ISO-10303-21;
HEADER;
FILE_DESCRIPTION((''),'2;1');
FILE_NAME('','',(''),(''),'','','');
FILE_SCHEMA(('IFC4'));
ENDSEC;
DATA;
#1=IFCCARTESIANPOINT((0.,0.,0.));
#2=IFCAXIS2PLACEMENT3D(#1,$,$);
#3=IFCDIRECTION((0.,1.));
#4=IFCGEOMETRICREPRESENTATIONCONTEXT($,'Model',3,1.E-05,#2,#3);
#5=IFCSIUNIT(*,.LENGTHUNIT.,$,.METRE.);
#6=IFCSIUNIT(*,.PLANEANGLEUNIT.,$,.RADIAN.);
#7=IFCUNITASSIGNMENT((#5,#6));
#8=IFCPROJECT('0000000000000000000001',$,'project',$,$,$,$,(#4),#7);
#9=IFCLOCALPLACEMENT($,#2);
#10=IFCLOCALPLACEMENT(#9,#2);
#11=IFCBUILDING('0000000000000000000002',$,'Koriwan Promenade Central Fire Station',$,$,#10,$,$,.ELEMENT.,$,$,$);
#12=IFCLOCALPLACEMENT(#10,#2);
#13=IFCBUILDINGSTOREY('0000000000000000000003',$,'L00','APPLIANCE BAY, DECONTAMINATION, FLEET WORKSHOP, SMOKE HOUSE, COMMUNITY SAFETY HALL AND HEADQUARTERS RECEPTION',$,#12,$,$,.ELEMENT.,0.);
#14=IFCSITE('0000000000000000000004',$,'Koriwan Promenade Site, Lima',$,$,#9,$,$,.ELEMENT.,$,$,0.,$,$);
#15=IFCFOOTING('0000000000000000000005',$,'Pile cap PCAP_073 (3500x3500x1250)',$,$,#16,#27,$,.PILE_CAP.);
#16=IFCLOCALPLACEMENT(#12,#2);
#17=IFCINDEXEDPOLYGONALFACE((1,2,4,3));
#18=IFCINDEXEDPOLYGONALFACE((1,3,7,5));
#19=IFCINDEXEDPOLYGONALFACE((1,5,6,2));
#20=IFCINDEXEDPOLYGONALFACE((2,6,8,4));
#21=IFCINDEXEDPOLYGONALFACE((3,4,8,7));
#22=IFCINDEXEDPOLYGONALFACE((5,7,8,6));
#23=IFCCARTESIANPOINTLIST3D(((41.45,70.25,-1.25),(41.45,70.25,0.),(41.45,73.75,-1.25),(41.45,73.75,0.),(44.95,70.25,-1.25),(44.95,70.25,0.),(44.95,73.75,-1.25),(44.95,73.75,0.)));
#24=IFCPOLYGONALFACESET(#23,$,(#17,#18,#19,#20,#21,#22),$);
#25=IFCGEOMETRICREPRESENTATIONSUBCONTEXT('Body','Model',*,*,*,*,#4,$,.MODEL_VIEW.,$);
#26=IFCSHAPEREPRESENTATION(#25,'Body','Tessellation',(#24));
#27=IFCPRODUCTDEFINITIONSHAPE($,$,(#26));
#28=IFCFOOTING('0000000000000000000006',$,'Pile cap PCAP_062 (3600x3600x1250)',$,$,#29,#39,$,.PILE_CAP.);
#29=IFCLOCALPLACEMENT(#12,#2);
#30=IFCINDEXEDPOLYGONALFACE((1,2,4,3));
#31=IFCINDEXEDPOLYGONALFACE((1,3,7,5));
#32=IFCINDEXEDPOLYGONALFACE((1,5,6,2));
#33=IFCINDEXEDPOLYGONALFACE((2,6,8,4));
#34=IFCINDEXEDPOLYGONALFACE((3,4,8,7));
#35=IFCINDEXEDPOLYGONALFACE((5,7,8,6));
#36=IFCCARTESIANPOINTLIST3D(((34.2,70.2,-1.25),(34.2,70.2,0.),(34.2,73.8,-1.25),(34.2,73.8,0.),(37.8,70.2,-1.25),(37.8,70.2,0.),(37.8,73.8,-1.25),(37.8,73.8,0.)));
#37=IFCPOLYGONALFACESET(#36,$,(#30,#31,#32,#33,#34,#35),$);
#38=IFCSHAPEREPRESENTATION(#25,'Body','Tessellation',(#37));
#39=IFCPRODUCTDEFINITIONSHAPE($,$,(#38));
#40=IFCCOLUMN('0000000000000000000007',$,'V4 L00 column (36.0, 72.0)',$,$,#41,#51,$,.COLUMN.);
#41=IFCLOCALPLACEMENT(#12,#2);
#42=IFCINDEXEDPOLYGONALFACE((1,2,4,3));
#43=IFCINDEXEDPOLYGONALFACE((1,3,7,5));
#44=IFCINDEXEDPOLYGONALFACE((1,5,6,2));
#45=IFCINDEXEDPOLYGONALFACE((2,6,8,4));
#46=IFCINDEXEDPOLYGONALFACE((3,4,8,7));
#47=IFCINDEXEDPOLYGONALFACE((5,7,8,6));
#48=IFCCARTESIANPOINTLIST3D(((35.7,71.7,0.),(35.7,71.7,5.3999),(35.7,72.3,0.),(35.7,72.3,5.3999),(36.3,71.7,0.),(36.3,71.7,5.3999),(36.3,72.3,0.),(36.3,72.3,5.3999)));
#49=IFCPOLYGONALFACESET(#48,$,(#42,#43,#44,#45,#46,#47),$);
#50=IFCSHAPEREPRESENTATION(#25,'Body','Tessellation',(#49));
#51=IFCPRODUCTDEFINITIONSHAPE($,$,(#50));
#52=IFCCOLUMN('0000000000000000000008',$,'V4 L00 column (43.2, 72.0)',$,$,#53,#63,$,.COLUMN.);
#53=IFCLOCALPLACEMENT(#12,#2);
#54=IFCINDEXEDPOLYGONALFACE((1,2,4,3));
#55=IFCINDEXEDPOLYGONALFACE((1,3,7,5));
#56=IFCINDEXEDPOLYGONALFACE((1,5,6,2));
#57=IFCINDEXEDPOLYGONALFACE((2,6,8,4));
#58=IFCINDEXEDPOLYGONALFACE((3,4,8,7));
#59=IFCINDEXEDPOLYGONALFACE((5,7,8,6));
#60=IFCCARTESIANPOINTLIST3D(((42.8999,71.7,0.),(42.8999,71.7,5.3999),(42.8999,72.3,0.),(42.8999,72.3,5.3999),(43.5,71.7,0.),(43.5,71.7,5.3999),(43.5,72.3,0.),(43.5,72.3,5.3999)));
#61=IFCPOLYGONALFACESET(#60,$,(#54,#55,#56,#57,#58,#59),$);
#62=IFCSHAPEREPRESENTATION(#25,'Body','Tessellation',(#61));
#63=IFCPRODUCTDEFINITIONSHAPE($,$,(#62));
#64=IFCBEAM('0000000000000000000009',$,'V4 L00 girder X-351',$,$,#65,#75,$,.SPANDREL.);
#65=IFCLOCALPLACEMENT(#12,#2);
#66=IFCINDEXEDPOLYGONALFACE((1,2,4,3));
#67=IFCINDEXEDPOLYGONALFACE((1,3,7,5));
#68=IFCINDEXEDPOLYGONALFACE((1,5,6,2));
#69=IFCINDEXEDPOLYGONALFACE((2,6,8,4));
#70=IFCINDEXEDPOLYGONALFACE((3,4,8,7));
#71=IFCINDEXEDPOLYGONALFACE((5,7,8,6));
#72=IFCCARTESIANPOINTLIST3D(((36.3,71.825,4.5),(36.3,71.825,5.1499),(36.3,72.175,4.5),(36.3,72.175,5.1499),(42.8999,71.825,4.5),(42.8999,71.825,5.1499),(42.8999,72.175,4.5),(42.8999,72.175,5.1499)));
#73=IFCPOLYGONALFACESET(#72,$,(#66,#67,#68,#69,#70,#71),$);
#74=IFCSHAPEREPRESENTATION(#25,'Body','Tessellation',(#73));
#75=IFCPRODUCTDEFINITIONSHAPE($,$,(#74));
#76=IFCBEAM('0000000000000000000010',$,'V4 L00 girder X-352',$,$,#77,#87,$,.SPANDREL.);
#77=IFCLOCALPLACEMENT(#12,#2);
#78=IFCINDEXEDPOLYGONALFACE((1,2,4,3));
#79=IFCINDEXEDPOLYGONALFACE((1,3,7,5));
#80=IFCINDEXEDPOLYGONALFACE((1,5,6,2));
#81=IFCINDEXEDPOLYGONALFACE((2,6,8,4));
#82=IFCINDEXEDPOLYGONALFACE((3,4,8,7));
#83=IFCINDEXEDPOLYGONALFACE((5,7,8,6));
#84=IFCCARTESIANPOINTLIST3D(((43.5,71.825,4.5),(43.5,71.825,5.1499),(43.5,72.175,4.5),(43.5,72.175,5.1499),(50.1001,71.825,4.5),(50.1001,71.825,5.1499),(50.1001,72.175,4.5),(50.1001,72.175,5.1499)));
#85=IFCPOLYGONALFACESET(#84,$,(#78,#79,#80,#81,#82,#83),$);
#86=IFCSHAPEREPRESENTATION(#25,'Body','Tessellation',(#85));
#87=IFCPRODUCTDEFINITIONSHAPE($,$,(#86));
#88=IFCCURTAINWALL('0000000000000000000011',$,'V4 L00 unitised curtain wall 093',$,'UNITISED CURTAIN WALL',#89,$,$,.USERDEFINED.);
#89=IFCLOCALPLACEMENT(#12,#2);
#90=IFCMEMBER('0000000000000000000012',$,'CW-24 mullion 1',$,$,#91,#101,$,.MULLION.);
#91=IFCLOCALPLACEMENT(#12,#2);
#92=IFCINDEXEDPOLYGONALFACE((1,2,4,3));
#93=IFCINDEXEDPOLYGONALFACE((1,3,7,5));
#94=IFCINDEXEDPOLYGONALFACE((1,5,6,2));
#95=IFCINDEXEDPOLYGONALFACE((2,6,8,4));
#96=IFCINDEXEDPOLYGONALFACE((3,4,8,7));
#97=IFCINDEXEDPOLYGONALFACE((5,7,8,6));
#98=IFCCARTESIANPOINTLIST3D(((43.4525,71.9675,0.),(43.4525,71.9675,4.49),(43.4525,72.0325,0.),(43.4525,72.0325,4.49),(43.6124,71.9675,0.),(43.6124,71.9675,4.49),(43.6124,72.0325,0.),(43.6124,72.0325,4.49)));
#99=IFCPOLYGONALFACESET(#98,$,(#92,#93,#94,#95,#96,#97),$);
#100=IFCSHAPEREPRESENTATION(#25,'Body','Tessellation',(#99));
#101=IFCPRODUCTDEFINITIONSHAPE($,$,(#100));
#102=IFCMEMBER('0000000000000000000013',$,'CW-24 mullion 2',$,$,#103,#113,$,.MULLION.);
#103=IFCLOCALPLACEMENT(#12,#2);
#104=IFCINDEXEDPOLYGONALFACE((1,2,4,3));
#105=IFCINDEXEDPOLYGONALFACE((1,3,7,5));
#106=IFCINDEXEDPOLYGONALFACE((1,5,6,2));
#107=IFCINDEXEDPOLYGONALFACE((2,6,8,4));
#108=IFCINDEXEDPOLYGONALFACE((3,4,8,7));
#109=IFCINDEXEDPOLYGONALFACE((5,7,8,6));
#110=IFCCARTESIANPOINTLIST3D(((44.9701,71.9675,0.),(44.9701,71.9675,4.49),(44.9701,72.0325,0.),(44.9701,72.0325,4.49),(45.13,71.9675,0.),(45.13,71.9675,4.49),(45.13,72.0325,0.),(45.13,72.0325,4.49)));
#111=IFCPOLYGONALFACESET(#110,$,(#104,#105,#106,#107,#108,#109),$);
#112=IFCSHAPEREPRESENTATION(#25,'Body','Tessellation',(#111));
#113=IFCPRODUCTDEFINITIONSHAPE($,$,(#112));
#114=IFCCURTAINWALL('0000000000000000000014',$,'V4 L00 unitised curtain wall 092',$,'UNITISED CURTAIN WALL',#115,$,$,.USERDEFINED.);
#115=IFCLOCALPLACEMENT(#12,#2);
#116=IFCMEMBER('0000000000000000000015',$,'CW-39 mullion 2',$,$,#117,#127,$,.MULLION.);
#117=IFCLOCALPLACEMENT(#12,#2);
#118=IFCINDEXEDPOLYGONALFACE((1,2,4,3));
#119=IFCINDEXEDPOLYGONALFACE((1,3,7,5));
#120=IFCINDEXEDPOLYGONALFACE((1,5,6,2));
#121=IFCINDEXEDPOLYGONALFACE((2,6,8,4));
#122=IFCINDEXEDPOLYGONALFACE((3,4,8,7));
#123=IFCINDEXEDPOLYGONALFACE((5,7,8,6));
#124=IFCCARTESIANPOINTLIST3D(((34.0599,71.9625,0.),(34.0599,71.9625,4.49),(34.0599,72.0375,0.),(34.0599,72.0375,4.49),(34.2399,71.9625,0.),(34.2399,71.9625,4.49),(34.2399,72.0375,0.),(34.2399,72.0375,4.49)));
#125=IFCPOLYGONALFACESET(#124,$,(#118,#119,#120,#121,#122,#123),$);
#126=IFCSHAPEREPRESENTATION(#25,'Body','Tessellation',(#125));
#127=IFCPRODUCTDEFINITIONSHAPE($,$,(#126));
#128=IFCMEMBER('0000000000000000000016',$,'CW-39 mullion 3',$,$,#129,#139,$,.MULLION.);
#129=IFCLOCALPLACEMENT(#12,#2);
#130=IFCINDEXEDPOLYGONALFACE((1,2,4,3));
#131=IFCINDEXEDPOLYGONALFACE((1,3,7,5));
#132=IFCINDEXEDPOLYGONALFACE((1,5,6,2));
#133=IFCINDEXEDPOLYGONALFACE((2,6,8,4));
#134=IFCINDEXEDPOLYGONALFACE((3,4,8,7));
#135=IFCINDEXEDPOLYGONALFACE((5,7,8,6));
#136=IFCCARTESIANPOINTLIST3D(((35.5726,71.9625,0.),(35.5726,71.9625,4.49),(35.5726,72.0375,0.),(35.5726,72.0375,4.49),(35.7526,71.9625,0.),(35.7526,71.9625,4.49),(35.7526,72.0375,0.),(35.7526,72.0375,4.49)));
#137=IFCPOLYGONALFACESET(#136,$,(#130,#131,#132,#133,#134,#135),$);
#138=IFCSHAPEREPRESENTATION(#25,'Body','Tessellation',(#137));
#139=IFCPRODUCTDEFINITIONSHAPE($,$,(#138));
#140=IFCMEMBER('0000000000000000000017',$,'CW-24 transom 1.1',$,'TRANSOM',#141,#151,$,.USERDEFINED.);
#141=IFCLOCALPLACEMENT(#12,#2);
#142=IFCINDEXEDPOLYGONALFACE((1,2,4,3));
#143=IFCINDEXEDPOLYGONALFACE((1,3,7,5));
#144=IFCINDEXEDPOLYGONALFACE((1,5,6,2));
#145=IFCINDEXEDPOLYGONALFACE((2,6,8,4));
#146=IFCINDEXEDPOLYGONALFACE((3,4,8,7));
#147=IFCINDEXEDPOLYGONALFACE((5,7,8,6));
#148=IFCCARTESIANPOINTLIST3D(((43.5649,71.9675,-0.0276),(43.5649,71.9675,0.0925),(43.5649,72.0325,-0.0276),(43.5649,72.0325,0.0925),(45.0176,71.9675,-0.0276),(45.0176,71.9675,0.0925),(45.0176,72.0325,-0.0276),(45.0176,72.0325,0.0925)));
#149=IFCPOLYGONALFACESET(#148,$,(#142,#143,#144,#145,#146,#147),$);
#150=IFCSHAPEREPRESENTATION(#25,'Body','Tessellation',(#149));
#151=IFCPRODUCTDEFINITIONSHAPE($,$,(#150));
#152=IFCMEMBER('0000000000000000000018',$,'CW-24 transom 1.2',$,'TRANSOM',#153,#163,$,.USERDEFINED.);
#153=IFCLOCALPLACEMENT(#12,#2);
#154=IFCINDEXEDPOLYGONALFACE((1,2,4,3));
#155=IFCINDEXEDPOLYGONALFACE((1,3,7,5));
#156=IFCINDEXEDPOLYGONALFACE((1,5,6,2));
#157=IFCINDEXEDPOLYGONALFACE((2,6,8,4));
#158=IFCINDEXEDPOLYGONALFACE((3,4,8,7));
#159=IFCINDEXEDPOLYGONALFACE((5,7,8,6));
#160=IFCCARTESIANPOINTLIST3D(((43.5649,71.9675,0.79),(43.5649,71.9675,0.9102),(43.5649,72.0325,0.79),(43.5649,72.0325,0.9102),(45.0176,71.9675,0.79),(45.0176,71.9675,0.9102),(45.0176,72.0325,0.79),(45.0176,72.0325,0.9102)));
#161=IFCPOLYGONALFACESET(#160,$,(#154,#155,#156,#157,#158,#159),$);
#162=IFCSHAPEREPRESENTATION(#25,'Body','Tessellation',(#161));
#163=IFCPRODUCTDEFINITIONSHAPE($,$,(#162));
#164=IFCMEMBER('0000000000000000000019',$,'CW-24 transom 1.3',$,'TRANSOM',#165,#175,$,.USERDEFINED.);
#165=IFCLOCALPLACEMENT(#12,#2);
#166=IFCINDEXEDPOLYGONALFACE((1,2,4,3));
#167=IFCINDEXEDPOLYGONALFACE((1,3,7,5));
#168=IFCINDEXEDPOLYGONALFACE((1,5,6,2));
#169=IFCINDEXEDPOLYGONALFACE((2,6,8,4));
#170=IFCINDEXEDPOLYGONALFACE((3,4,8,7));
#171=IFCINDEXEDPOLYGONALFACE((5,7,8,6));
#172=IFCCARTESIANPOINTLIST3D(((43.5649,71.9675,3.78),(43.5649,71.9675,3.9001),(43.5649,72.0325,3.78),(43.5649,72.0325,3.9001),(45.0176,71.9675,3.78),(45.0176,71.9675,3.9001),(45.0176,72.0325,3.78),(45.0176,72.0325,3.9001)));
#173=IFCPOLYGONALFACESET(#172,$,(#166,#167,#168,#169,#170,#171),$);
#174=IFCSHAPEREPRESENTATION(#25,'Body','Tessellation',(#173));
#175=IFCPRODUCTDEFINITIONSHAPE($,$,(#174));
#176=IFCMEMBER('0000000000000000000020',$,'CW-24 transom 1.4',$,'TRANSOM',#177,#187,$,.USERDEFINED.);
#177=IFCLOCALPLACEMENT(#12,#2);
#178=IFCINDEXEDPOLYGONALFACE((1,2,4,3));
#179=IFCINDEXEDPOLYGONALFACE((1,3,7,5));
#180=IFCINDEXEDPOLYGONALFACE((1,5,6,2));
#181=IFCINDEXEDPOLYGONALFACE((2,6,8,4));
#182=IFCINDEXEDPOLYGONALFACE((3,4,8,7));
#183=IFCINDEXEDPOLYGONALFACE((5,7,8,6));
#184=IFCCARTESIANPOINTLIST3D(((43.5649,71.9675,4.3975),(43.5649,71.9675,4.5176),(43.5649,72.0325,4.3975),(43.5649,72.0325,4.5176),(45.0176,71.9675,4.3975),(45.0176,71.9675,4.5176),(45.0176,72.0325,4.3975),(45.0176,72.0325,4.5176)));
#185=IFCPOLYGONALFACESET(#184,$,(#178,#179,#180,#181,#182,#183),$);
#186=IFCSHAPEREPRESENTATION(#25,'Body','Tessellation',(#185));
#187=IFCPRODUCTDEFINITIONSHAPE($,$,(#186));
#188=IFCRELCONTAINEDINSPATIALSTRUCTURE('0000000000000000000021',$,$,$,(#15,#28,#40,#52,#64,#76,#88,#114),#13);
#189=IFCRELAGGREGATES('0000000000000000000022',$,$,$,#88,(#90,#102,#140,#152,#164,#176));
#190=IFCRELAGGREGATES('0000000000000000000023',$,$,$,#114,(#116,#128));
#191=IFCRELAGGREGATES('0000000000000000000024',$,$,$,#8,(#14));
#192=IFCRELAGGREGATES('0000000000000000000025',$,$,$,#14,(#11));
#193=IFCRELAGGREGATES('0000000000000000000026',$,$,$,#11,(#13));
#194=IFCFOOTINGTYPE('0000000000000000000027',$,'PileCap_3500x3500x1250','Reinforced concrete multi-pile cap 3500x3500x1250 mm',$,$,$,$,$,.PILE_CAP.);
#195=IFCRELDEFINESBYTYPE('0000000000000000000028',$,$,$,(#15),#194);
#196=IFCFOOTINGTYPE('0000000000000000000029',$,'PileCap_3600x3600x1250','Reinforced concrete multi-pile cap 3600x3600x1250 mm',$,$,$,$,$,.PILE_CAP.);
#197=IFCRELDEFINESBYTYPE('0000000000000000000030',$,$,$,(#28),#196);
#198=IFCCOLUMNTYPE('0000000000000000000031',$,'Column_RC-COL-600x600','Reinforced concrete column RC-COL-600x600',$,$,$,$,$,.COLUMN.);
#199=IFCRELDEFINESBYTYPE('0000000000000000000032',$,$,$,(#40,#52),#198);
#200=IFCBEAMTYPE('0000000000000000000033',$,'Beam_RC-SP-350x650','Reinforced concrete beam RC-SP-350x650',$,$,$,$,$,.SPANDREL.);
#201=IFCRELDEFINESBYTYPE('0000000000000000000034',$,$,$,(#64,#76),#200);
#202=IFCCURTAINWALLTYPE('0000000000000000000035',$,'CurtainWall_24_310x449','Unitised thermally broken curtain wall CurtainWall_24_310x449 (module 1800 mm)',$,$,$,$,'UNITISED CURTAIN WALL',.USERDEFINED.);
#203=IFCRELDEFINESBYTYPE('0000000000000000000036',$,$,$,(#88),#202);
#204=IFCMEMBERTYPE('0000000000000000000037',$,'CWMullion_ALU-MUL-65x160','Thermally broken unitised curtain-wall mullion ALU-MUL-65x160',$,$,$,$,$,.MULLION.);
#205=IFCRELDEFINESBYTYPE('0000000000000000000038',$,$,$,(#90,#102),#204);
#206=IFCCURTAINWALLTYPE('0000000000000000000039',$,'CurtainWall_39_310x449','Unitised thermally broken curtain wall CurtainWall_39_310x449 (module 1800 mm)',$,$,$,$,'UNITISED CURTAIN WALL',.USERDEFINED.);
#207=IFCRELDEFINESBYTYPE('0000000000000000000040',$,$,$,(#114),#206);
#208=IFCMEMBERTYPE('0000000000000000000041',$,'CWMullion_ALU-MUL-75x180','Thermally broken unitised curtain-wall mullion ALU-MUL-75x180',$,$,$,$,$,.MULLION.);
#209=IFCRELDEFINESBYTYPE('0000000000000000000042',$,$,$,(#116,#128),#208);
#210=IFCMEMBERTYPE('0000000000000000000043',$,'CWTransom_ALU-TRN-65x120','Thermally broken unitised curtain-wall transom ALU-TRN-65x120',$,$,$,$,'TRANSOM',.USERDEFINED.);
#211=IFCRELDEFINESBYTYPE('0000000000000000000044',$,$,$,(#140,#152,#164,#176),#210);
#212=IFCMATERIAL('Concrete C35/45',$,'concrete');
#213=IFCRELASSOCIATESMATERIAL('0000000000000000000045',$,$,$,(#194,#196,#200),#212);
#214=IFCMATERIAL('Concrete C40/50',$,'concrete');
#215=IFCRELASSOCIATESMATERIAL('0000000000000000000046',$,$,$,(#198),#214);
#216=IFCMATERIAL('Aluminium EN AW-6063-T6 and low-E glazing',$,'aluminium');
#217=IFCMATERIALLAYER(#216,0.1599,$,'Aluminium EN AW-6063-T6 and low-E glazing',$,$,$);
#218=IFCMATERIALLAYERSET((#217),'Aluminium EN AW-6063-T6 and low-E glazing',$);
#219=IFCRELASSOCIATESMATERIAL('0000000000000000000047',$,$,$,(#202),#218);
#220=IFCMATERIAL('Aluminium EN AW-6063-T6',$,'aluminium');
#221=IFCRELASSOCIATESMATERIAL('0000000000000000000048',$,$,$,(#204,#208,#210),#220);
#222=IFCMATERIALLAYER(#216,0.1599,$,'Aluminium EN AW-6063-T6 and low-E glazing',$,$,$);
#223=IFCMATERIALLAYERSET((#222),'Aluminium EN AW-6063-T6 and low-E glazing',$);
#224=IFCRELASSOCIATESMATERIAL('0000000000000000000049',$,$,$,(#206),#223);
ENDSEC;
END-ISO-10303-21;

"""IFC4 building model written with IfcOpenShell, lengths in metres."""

from ifc_helpers import new_model, si_unit, direction, frame, origin, origin_2d, place, context, subcontext, project, spatial, rectangle, extrude, material, layer, layer_set, material_profile, profile_set, type_object, element, aggregate, save


model = new_model("IFC4")

# Units and contexts
model_context = context("Model", 3, precision=1e-05, world=origin(), true_north=direction((0.0, 1.0)))
body_context = subcontext(model_context, "Body", "Model", "MODEL_VIEW")
ifc_project = project(units=[si_unit("LENGTHUNIT", "METRE"), si_unit("PLANEANGLEUNIT", "RADIAN")], contexts=[model_context])

# Site, building, storey
site_placement = place(None, origin())
site = spatial("IfcSite", under=ifc_project, at=site_placement, Name="Koriwan Promenade Site, Lima", CompositionType="ELEMENT", RefElevation=0.0)
building_placement = place(site_placement, origin())
building = spatial("IfcBuilding", under=site, at=building_placement, Name="Koriwan Promenade Central Fire Station", CompositionType="ELEMENT")
storey_placement = place(building_placement, origin())
storey = spatial("IfcBuildingStorey", under=building, at=storey_placement, Name="L00", Description="APPLIANCE BAY, DECONTAMINATION, FLEET WORKSHOP, SMOKE HOUSE, COMMUNITY SAFETY HALL AND HEADQUARTERS RECEPTION", CompositionType="ELEMENT", Elevation=0.0)

# Shared definitions
ifc_material_1 = material(Name="Concrete C35/45", Category="concrete")

# Footings
footing_type_1 = type_object("IfcFootingType", Name="PileCap_3500x3500x1250", Description="Reinforced concrete multi-pile cap 3500x3500x1250 mm", PredefinedType="PILE_CAP", material=ifc_material_1)
footing_1_placement = place(storey_placement, frame((43.2, 72.0, -1.25), z_axis=(0.0, 0.0, 1.0), x_axis=(1.0, 0.0, 0.0)))
element("IfcFooting", 1, at=footing_1_placement, inside=storey, type_object=footing_type_1, Name="Pile cap PCAP_073 (3500x3500x1250)", PredefinedType="PILE_CAP", context=body_context, shape_type="SweptSolid", body=[
    extrude(rectangle(XDim=3.5, YDim=3.5, at=origin_2d()), origin(), (0.0, 0.0, 1.0), 1.25),
])
footing_type_2 = type_object("IfcFootingType", Name="PileCap_3600x3600x1250", Description="Reinforced concrete multi-pile cap 3600x3600x1250 mm", PredefinedType="PILE_CAP", material=ifc_material_1)
footing_2_placement = place(storey_placement, frame((36.0, 72.0, -1.25), z_axis=(0.0, 0.0, 1.0), x_axis=(1.0, 0.0, 0.0)))
element("IfcFooting", 2, at=footing_2_placement, inside=storey, type_object=footing_type_2, Name="Pile cap PCAP_062 (3600x3600x1250)", PredefinedType="PILE_CAP", context=body_context, shape_type="SweptSolid", body=[
    extrude(rectangle(XDim=3.6001, YDim=3.6001, at=origin_2d()), origin(), (0.0, 0.0, 1.0), 1.25),
])

# Columns
ifc_material_2 = material(Name="Concrete C40/50", Category="concrete")
ifc_material_profile_1 = material_profile(ifc_material_2, rectangle(XDim=0.6001, YDim=0.6001, at=origin_2d()), Name="RC-COL-600x600")
ifc_profile_set_1 = profile_set([ifc_material_profile_1], Name="Concrete C40/50")
column_type = type_object("IfcColumnType", Name="Column_RC-COL-600x600", Description="Reinforced concrete column RC-COL-600x600", PredefinedType="COLUMN", material=ifc_profile_set_1)
for number, where, z_axis, x_axis, name in (
    (3, (36.0, 72.0, 0.0), (0.0, 0.0, 1.0), (1.0, 0.0, 0.0), "V4 L00 column (36.0, 72.0)"),
    (4, (43.2, 72.0, 0.0), (0.0, 0.0, 1.0), (1.0, 0.0, 0.0), "V4 L00 column (43.2, 72.0)"),
):
    element("IfcColumn", number, at=place(storey_placement, frame(where, z_axis=z_axis, x_axis=x_axis)), inside=storey, type_object=column_type, Name=name, PredefinedType="COLUMN", context=body_context, shape_type="SweptSolid", body=[
        extrude(rectangle(XDim=0.6001, YDim=0.6001, at=origin_2d()), origin(), (0.0, 0.0, 1.0), 5.3999),
    ])

# Beams
ifc_material_profile_2 = material_profile(ifc_material_1, rectangle(XDim=0.3501, YDim=0.6499, at=origin_2d()), Name="RC-SP-350x650")
ifc_profile_set_2 = profile_set([ifc_material_profile_2], Name="Concrete C35/45")
beam_type = type_object("IfcBeamType", Name="Beam_RC-SP-350x650", Description="Reinforced concrete beam RC-SP-350x650", PredefinedType="SPANDREL", material=ifc_profile_set_2)
beam_1_placement = place(storey_placement, frame((36.3, 72.0, 4.825), z_axis=(1.0, 0.0, 0.0), x_axis=(0.0, 1.0, 0.0)))
element("IfcBeam", 5, at=beam_1_placement, inside=storey, type_object=beam_type, Name="V4 L00 girder X-351", PredefinedType="SPANDREL", context=body_context, shape_type="SweptSolid", body=[
    extrude(rectangle(XDim=0.3501, YDim=0.6499, at=origin_2d()), origin(), (0.0, 0.0, 1.0), 6.5999),
])
beam_2_placement = place(storey_placement, frame((43.5, 72.0, 4.825), z_axis=(1.0, 0.0, 0.0), x_axis=(0.0, 1.0, 0.0)))
element("IfcBeam", 6, at=beam_2_placement, inside=storey, type_object=beam_type, Name="V4 L00 girder X-352", PredefinedType="SPANDREL", context=body_context, shape_type="SweptSolid", body=[
    extrude(rectangle(XDim=0.3501, YDim=0.6499, at=origin_2d()), origin(), (0.0, 0.0, 1.0), 6.6001),
])

# Curtain walls, members
ifc_material_3 = material(Name="Aluminium EN AW-6063-T6 and low-E glazing", Category="aluminium")
ifc_layer_1 = layer(ifc_material_3, 0.1599, Name="Aluminium EN AW-6063-T6 and low-E glazing")
ifc_layer_set_1 = layer_set([ifc_layer_1], Name="Aluminium EN AW-6063-T6 and low-E glazing")
curtain_wall_type_1 = type_object("IfcCurtainWallType", Name="CurtainWall_24_310x449", Description="Unitised thermally broken curtain wall CurtainWall_24_310x449 (module 1800 mm)", ElementType="UNITISED CURTAIN WALL", PredefinedType="USERDEFINED", material=ifc_layer_set_1)
curtain_wall_1_placement = place(storey_placement, origin())
curtain_wall_1 = element("IfcCurtainWall", 7, at=curtain_wall_1_placement, inside=storey, type_object=curtain_wall_type_1, Name="V4 L00 unitised curtain wall 093", ObjectType="UNITISED CURTAIN WALL", PredefinedType="USERDEFINED")
ifc_material_4 = material(Name="Aluminium EN AW-6063-T6", Category="aluminium")
ifc_material_profile_3 = material_profile(ifc_material_4, rectangle(XDim=0.0649, YDim=0.1599, at=origin_2d()), Name="ALU-MUL-65x160")
ifc_profile_set_3 = profile_set([ifc_material_profile_3], Name="Aluminium EN AW-6063-T6")
member_type_1 = type_object("IfcMemberType", Name="CWMullion_ALU-MUL-65x160", Description="Thermally broken unitised curtain-wall mullion ALU-MUL-65x160", PredefinedType="MULLION", material=ifc_profile_set_3)
member_1_placement = place(storey_placement, frame((43.5325, 72.0, 0.0), z_axis=(0.0, 0.0, 1.0), x_axis=(0.0, 1.0, 0.0)))
member_1 = element("IfcMember", 8, at=member_1_placement, type_object=member_type_1, Name="CW-24 mullion 1", PredefinedType="MULLION", context=body_context, shape_type="SweptSolid", body=[
    extrude(rectangle(XDim=0.0649, YDim=0.1599, at=origin_2d()), origin(), (0.0, 0.0, 1.0), 4.49),
])
member_2_placement = place(storey_placement, frame((45.05, 72.0, 0.0), z_axis=(0.0, 0.0, 1.0), x_axis=(0.0, 1.0, 0.0)))
member_2 = element("IfcMember", 9, at=member_2_placement, type_object=member_type_1, Name="CW-24 mullion 2", PredefinedType="MULLION", context=body_context, shape_type="SweptSolid", body=[
    extrude(rectangle(XDim=0.0649, YDim=0.1599, at=origin_2d()), origin(), (0.0, 0.0, 1.0), 4.49),
])
ifc_layer_2 = layer(ifc_material_3, 0.1599, Name="Aluminium EN AW-6063-T6 and low-E glazing")
ifc_layer_set_2 = layer_set([ifc_layer_2], Name="Aluminium EN AW-6063-T6 and low-E glazing")
curtain_wall_type_2 = type_object("IfcCurtainWallType", Name="CurtainWall_39_310x449", Description="Unitised thermally broken curtain wall CurtainWall_39_310x449 (module 1800 mm)", ElementType="UNITISED CURTAIN WALL", PredefinedType="USERDEFINED", material=ifc_layer_set_2)
curtain_wall_2_placement = place(storey_placement, origin())
curtain_wall_2 = element("IfcCurtainWall", 10, at=curtain_wall_2_placement, inside=storey, type_object=curtain_wall_type_2, Name="V4 L00 unitised curtain wall 092", ObjectType="UNITISED CURTAIN WALL", PredefinedType="USERDEFINED")
ifc_material_profile_4 = material_profile(ifc_material_4, rectangle(XDim=0.075, YDim=0.1799, at=origin_2d()), Name="ALU-MUL-75x180")
ifc_profile_set_4 = profile_set([ifc_material_profile_4], Name="Aluminium EN AW-6063-T6")
member_type_2 = type_object("IfcMemberType", Name="CWMullion_ALU-MUL-75x180", Description="Thermally broken unitised curtain-wall mullion ALU-MUL-75x180", PredefinedType="MULLION", material=ifc_profile_set_4)
member_3_placement = place(storey_placement, frame((34.1499, 72.0, 0.0), z_axis=(0.0, 0.0, 1.0), x_axis=(0.0, 1.0, 0.0)))
member_3 = element("IfcMember", 11, at=member_3_placement, type_object=member_type_2, Name="CW-39 mullion 2", PredefinedType="MULLION", context=body_context, shape_type="SweptSolid", body=[
    extrude(rectangle(XDim=0.075, YDim=0.1799, at=origin_2d()), origin(), (0.0, 0.0, 1.0), 4.49),
])
member_4_placement = place(storey_placement, frame((35.6626, 72.0, 0.0), z_axis=(0.0, 0.0, 1.0), x_axis=(0.0, 1.0, 0.0)))
member_4 = element("IfcMember", 12, at=member_4_placement, type_object=member_type_2, Name="CW-39 mullion 3", PredefinedType="MULLION", context=body_context, shape_type="SweptSolid", body=[
    extrude(rectangle(XDim=0.075, YDim=0.1799, at=origin_2d()), origin(), (0.0, 0.0, 1.0), 4.49),
])

# Members
ifc_material_profile_5 = material_profile(ifc_material_4, rectangle(XDim=0.0649, YDim=0.1201, at=origin_2d()), Name="ALU-TRN-65x120")
ifc_profile_set_5 = profile_set([ifc_material_profile_5], Name="Aluminium EN AW-6063-T6")
member_type_3 = type_object("IfcMemberType", Name="CWTransom_ALU-TRN-65x120", Description="Thermally broken unitised curtain-wall transom ALU-TRN-65x120", ElementType="TRANSOM", PredefinedType="USERDEFINED", material=ifc_profile_set_5)
member_5_placement = place(storey_placement, frame((43.5649, 72.0, 0.0325), z_axis=(1.0, 0.0, 0.0), x_axis=(0.0, 1.0, 0.0)))
member_5 = element("IfcMember", 13, at=member_5_placement, type_object=member_type_3, Name="CW-24 transom 1.1", ObjectType="TRANSOM", PredefinedType="USERDEFINED", context=body_context, shape_type="SweptSolid", body=[
    extrude(rectangle(XDim=0.0649, YDim=0.1201, at=origin_2d()), origin(), (0.0, 0.0, 1.0), 1.4526),
])
member_6_placement = place(storey_placement, frame((43.5649, 72.0, 0.8501), z_axis=(1.0, 0.0, 0.0), x_axis=(0.0, 1.0, 0.0)))
member_6 = element("IfcMember", 14, at=member_6_placement, type_object=member_type_3, Name="CW-24 transom 1.2", ObjectType="TRANSOM", PredefinedType="USERDEFINED", context=body_context, shape_type="SweptSolid", body=[
    extrude(rectangle(XDim=0.0649, YDim=0.1201, at=origin_2d()), origin(), (0.0, 0.0, 1.0), 1.4526),
])
member_7_placement = place(storey_placement, frame((43.5649, 72.0, 3.8401), z_axis=(1.0, 0.0, 0.0), x_axis=(0.0, 1.0, 0.0)))
member_7 = element("IfcMember", 15, at=member_7_placement, type_object=member_type_3, Name="CW-24 transom 1.3", ObjectType="TRANSOM", PredefinedType="USERDEFINED", context=body_context, shape_type="SweptSolid", body=[
    extrude(rectangle(XDim=0.0649, YDim=0.1201, at=origin_2d()), origin(), (0.0, 0.0, 1.0), 1.4526),
])
member_8_placement = place(storey_placement, frame((43.5649, 72.0, 4.4575), z_axis=(1.0, 0.0, 0.0), x_axis=(0.0, 1.0, 0.0)))
member_8 = element("IfcMember", 16, at=member_8_placement, type_object=member_type_3, Name="CW-24 transom 1.4", ObjectType="TRANSOM", PredefinedType="USERDEFINED", context=body_context, shape_type="SweptSolid", body=[
    extrude(rectangle(XDim=0.0649, YDim=0.1201, at=origin_2d()), origin(), (0.0, 0.0, 1.0), 1.4526),
])

aggregate(curtain_wall_1, [member_1, member_2, member_5, member_6, member_7, member_8])
aggregate(curtain_wall_2, [member_3, member_4])

save(model, "model.ifc")
